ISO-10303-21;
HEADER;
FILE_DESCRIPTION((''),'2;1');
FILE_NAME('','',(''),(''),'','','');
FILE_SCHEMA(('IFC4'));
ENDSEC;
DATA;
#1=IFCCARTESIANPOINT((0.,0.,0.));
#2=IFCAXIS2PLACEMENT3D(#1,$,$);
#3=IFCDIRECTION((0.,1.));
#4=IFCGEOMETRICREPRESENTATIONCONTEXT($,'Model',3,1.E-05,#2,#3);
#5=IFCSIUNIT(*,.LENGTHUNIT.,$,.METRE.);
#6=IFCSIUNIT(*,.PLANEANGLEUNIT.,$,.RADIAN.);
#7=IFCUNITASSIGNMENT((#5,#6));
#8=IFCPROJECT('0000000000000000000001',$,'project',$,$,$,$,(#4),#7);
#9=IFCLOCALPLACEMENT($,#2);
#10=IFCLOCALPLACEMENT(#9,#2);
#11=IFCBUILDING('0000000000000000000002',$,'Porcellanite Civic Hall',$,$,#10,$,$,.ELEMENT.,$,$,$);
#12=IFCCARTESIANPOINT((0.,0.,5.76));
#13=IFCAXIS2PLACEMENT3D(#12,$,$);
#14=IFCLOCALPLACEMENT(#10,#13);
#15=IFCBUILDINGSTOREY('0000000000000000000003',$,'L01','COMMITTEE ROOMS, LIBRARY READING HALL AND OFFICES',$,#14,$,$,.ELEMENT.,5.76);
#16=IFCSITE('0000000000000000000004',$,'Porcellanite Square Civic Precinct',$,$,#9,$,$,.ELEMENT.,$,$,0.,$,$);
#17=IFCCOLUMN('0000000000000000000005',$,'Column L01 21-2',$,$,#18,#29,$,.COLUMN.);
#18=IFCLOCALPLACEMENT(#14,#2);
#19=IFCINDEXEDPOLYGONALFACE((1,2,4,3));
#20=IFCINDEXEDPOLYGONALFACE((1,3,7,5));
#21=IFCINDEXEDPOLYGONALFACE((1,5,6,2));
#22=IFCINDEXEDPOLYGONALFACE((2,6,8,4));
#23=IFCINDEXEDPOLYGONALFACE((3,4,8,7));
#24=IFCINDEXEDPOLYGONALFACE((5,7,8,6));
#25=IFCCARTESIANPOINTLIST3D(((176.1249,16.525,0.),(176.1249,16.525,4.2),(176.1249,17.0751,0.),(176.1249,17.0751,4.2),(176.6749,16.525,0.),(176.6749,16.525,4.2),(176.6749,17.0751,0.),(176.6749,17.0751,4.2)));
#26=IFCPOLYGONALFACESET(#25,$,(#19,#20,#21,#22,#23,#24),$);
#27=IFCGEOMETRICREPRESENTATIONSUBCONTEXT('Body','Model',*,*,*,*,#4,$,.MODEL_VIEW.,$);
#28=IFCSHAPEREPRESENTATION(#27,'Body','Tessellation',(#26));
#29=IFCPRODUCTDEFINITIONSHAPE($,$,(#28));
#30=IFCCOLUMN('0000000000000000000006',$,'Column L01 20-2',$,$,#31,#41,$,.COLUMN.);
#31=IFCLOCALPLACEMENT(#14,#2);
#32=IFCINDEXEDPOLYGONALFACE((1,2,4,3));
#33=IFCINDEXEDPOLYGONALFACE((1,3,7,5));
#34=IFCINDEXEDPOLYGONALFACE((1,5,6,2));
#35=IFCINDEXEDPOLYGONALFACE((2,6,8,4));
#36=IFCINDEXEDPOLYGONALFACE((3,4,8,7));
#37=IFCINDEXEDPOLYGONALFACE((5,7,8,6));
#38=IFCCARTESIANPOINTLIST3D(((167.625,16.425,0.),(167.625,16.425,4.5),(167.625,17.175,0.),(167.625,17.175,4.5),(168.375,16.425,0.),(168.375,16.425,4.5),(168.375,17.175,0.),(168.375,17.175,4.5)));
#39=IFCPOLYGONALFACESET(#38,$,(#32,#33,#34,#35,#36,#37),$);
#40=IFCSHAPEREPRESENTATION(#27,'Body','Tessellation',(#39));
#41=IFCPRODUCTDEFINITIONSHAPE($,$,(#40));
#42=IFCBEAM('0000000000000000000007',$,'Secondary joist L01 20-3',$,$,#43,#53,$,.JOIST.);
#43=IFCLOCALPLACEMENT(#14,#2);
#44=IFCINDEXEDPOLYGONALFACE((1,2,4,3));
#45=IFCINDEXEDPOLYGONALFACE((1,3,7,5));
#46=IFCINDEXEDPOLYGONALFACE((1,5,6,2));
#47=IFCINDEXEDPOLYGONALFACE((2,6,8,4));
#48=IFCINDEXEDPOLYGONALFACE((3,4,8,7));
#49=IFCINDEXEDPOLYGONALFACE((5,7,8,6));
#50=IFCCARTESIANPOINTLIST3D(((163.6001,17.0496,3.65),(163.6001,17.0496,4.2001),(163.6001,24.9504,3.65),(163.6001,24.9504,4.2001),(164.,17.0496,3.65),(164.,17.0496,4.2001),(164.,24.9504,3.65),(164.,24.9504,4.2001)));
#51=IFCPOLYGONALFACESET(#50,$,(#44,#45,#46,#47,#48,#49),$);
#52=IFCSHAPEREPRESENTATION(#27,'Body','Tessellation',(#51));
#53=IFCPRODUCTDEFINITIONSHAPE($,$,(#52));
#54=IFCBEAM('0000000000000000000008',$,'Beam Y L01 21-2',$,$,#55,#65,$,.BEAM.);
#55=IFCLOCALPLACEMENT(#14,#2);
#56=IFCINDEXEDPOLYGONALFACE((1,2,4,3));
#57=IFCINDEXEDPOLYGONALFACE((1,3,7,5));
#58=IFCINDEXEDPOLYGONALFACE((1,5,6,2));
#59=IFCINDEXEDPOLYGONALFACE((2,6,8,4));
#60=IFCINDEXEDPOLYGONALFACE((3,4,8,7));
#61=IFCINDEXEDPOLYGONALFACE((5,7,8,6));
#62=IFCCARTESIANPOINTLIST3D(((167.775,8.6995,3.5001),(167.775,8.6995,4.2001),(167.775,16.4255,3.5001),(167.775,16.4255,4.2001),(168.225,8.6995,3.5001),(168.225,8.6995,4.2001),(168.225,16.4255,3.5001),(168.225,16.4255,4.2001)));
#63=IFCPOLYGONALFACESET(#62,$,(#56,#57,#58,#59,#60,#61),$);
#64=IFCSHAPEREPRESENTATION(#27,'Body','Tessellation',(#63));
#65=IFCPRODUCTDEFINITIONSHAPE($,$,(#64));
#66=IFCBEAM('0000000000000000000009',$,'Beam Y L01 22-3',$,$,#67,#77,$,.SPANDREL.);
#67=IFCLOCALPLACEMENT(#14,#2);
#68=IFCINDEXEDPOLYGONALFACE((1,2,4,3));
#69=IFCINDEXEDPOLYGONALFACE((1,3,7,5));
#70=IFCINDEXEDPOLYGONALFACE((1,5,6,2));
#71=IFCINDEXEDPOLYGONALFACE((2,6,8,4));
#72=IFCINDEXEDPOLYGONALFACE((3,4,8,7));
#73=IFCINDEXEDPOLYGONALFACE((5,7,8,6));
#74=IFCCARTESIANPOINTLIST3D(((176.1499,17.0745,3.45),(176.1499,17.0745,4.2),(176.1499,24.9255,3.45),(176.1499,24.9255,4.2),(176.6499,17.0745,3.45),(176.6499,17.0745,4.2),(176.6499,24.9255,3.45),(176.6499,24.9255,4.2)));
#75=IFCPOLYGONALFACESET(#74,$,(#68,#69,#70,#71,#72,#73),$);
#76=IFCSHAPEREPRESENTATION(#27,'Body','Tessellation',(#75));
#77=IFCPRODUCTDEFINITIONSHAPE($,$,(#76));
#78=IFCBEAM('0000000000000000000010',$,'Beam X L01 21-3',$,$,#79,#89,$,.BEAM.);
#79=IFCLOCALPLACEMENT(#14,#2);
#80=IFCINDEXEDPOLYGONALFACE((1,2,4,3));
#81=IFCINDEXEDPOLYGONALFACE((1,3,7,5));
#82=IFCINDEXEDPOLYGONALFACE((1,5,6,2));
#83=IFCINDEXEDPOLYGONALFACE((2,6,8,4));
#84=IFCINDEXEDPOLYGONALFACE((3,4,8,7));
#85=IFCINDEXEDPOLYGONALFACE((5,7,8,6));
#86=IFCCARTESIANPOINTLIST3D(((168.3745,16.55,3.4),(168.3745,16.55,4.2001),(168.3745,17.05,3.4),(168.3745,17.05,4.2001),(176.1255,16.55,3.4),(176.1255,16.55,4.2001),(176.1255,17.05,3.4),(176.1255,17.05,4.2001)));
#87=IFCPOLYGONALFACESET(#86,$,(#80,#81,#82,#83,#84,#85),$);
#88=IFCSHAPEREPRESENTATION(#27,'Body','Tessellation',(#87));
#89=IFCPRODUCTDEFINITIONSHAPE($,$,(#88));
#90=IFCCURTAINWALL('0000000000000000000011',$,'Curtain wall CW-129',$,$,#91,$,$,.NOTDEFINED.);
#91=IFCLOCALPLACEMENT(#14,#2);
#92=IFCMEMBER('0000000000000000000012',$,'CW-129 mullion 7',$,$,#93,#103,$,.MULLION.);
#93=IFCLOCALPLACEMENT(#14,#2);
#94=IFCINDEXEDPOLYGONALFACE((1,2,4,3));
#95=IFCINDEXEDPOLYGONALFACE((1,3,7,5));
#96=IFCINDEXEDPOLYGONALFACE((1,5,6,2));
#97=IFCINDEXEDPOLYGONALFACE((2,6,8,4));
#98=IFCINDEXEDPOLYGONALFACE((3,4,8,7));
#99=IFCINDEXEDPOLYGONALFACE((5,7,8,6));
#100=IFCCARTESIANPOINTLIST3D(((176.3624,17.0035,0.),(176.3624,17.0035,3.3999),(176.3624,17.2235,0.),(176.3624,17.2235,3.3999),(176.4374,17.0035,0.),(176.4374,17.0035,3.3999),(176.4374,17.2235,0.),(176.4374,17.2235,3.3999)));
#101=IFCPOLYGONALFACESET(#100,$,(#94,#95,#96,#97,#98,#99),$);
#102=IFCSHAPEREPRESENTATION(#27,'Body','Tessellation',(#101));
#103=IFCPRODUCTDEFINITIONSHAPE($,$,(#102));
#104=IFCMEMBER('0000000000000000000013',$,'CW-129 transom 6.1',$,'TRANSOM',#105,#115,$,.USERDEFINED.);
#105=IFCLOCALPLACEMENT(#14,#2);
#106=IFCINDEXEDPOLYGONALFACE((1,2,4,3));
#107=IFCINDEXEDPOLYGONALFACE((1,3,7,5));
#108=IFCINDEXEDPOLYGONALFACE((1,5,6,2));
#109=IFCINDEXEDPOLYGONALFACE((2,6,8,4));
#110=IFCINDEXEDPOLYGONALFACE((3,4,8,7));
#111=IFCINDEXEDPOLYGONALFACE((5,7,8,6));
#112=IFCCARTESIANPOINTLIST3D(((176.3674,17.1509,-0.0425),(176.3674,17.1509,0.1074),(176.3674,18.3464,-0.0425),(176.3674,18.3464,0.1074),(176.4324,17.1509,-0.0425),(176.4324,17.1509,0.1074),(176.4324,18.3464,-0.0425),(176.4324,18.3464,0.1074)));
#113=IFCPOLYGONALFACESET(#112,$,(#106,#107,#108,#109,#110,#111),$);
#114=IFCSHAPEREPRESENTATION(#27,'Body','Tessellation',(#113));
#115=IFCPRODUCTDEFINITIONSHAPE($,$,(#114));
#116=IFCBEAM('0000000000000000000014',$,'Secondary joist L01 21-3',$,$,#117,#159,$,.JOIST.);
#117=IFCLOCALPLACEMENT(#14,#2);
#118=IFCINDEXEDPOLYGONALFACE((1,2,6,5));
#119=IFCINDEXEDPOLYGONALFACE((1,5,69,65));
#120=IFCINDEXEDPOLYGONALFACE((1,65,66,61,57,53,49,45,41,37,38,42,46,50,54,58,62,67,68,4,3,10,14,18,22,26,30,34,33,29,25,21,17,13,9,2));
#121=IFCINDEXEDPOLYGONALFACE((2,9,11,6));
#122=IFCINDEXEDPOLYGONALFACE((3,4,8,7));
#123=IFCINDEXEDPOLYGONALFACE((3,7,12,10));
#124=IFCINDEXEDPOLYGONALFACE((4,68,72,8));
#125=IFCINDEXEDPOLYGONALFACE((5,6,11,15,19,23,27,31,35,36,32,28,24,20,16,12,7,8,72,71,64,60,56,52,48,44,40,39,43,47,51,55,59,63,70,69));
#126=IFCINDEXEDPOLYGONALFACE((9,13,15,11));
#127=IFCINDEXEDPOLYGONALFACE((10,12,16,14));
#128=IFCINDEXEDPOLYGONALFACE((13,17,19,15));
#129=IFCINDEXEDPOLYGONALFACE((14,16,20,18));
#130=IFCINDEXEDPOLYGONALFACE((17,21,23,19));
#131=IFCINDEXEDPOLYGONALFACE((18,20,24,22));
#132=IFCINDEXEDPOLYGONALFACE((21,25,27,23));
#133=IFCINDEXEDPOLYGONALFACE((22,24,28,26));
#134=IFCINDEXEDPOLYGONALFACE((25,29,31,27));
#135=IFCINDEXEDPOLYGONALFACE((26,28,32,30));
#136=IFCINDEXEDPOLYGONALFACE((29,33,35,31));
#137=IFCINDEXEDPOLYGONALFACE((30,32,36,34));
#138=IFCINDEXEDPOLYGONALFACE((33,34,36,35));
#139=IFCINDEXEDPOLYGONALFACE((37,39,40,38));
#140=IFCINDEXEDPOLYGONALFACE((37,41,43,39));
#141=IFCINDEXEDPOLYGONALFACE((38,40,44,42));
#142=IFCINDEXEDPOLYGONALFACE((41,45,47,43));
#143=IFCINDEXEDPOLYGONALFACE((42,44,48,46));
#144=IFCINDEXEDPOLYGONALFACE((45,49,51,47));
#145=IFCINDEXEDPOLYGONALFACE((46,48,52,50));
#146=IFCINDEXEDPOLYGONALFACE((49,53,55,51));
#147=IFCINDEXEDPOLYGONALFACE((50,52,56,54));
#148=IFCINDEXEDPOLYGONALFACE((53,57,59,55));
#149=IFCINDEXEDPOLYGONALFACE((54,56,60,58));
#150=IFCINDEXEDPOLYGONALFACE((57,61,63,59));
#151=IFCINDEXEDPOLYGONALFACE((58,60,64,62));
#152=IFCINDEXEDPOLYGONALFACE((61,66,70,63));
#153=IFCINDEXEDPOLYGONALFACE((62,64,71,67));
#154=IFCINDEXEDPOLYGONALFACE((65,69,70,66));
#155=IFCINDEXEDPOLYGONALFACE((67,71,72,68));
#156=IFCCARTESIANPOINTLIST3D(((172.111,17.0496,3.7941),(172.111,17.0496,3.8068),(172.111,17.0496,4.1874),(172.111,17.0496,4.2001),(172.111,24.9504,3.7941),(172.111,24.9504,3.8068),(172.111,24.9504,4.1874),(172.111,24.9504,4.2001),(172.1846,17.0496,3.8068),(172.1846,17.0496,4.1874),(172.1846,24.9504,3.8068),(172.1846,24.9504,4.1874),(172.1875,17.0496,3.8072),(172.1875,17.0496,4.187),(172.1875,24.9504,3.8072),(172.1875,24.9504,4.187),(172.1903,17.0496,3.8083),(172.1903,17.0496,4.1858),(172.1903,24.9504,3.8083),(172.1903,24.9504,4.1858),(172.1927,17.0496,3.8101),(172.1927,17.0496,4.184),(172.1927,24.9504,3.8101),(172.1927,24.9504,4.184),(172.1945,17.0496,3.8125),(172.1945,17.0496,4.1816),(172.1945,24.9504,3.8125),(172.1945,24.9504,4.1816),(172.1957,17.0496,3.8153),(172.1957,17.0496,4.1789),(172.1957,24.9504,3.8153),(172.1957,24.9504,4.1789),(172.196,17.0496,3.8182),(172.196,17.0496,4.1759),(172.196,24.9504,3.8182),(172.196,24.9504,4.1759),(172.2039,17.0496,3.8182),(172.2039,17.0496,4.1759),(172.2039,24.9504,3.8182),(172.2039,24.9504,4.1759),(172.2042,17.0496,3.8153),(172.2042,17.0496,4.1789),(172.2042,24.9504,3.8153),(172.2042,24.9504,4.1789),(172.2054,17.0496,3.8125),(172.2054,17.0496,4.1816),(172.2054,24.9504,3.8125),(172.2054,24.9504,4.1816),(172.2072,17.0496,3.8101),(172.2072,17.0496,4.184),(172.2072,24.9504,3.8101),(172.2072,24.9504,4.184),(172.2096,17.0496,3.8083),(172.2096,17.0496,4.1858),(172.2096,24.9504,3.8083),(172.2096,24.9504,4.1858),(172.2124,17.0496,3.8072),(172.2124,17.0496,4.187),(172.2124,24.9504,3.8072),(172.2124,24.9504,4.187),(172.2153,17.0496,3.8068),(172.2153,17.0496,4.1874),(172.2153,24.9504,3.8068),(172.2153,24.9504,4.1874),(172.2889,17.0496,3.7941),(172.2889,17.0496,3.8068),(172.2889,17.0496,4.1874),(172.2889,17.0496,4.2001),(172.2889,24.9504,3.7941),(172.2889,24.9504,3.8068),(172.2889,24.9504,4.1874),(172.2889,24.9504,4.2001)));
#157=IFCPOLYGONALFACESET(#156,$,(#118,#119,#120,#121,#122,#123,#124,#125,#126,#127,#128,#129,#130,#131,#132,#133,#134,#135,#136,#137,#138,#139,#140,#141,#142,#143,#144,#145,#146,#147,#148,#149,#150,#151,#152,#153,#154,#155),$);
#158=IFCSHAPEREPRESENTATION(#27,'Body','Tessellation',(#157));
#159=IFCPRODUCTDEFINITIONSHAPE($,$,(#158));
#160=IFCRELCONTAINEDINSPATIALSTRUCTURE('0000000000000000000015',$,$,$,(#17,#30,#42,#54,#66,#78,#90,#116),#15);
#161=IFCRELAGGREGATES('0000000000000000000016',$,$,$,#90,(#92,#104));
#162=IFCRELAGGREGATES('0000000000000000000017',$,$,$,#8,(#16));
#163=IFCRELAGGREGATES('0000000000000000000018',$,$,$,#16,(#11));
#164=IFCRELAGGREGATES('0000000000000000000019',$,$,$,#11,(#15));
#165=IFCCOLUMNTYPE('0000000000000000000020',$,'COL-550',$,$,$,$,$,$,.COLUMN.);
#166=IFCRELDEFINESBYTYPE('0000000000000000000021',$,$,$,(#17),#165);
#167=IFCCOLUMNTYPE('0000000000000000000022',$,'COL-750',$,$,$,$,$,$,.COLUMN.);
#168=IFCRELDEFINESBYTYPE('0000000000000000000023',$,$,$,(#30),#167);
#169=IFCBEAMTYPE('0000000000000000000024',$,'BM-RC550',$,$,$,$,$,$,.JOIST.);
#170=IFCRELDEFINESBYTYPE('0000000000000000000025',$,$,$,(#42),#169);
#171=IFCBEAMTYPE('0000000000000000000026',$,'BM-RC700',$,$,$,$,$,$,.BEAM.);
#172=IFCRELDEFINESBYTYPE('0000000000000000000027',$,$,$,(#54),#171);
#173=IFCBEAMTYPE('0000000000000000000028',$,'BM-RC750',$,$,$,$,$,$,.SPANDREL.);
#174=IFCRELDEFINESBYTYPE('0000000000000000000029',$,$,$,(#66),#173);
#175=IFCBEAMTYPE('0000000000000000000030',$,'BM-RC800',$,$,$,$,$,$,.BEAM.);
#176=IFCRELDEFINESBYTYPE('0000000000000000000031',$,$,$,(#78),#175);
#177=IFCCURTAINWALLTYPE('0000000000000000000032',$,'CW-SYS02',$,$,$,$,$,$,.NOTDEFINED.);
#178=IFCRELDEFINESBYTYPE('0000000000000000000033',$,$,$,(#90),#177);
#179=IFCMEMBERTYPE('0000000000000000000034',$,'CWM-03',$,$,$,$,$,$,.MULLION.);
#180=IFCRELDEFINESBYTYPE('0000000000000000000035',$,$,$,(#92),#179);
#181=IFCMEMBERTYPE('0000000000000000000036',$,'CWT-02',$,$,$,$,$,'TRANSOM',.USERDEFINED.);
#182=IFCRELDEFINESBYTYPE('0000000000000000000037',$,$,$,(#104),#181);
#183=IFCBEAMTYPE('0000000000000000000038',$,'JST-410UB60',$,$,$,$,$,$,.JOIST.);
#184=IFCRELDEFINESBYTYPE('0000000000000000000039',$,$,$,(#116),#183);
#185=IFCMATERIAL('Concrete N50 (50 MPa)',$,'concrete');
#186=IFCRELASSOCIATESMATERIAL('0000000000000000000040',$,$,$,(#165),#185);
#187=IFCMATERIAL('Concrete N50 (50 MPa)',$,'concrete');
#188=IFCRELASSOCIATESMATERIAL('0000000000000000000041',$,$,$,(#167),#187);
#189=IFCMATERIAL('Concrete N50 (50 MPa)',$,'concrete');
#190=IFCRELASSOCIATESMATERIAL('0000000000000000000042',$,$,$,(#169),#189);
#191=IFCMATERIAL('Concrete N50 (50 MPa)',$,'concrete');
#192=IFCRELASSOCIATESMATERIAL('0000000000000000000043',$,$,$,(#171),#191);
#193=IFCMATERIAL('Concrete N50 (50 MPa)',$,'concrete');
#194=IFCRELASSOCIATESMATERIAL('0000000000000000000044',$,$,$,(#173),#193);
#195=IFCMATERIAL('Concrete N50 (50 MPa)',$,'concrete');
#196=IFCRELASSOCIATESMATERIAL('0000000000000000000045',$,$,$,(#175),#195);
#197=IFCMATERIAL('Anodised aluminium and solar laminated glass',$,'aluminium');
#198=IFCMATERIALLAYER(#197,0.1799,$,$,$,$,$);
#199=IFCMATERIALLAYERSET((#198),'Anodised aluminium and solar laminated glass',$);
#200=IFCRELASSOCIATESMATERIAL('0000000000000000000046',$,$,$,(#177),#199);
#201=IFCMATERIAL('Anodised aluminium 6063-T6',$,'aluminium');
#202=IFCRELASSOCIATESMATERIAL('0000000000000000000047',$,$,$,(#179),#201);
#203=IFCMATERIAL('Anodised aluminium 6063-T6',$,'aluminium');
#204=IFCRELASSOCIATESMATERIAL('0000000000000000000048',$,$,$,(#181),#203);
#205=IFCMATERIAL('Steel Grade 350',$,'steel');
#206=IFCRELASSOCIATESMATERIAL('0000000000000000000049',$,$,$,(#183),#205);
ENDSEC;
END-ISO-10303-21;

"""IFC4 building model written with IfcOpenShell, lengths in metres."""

from ifc_helpers import new_model, si_unit, direction, frame, origin, origin_2d, place, context, subcontext, project, spatial, rectangle, i_section, extrude, material, layer, layer_set, material_profile, profile_set, type_object, element, aggregate, save


model = new_model("IFC4")

# Units and contexts
model_context = context("Model", 3, precision=1e-05, world=origin(), true_north=direction((0.0, 1.0)))
body_context = subcontext(model_context, "Body", "Model", "MODEL_VIEW")
ifc_project = project(units=[si_unit("LENGTHUNIT", "METRE"), si_unit("PLANEANGLEUNIT", "RADIAN")], contexts=[model_context])

# Site, building, storey
site_placement = place(None, origin())
site = spatial("IfcSite", under=ifc_project, at=site_placement, Name="Porcellanite Square Civic Precinct", CompositionType="ELEMENT", RefElevation=0.0)
building_placement = place(site_placement, origin())
building = spatial("IfcBuilding", under=site, at=building_placement, Name="Porcellanite Civic Hall", CompositionType="ELEMENT")
storey_placement = place(building_placement, frame((0.0, 0.0, 5.76)))
storey = spatial("IfcBuildingStorey", under=building, at=storey_placement, Name="L01", Description="COMMITTEE ROOMS, LIBRARY READING HALL AND OFFICES", CompositionType="ELEMENT", Elevation=5.76)

# Columns
ifc_material_1 = material(Name="Concrete N50 (50 MPa)", Category="concrete")
ifc_material_profile_1 = material_profile(ifc_material_1, rectangle(XDim=0.55, YDim=0.55, at=origin_2d()), Name="RC-550x550")
ifc_profile_set_1 = profile_set([ifc_material_profile_1], Name="Concrete N50 (50 MPa)")
column_type_1 = type_object("IfcColumnType", Name="COL-550", PredefinedType="COLUMN", material=ifc_profile_set_1)
column_1_placement = place(storey_placement, frame((176.3999, 16.8, 0.0), z_axis=(0.0, 0.0, 1.0), x_axis=(1.0, 0.0, 0.0)))
element("IfcColumn", 1, at=column_1_placement, inside=storey, type_object=column_type_1, Name="Column L01 21-2", PredefinedType="COLUMN", context=body_context, shape_type="SweptSolid", body=[
    extrude(rectangle(XDim=0.55, YDim=0.55, at=origin_2d()), origin(), (0.0, 0.0, 1.0), 4.2),
])
ifc_material_2 = material(Name="Concrete N50 (50 MPa)", Category="concrete")
ifc_material_profile_2 = material_profile(ifc_material_2, rectangle(XDim=0.75, YDim=0.75, at=origin_2d()), Name="RC-750x750")
ifc_profile_set_2 = profile_set([ifc_material_profile_2], Name="Concrete N50 (50 MPa)")
column_type_2 = type_object("IfcColumnType", Name="COL-750", PredefinedType="COLUMN", material=ifc_profile_set_2)
column_2_placement = place(storey_placement, frame((168.0, 16.8, 0.0), z_axis=(0.0, 0.0, 1.0), x_axis=(1.0, 0.0, 0.0)))
element("IfcColumn", 2, at=column_2_placement, inside=storey, type_object=column_type_2, Name="Column L01 20-2", PredefinedType="COLUMN", context=body_context, shape_type="SweptSolid", body=[
    extrude(rectangle(XDim=0.75, YDim=0.75, at=origin_2d()), origin(), (0.0, 0.0, 1.0), 4.5),
])

# Beams
ifc_material_3 = material(Name="Concrete N50 (50 MPa)", Category="concrete")
ifc_material_profile_3 = material_profile(ifc_material_3, rectangle(XDim=0.3999, YDim=0.55, at=origin_2d()), Name="RC-400x550")
ifc_profile_set_3 = profile_set([ifc_material_profile_3], Name="Concrete N50 (50 MPa)")
beam_type_1 = type_object("IfcBeamType", Name="BM-RC550", PredefinedType="JOIST", material=ifc_profile_set_3)
beam_1_placement = place(storey_placement, frame((163.8, 17.0496, 3.925), z_axis=(0.0, 1.0, 0.0), x_axis=(-1.0, 0.0, 0.0)))
element("IfcBeam", 3, at=beam_1_placement, inside=storey, type_object=beam_type_1, Name="Secondary joist L01 20-3", PredefinedType="JOIST", context=body_context, shape_type="SweptSolid", body=[
    extrude(rectangle(XDim=0.3999, YDim=0.55, at=origin_2d()), origin(), (0.0, 0.0, 1.0), 7.9009),
])
ifc_material_4 = material(Name="Concrete N50 (50 MPa)", Category="concrete")
ifc_material_profile_4 = material_profile(ifc_material_4, rectangle(XDim=0.45, YDim=0.7, at=origin_2d()), Name="RC-450x700")
ifc_profile_set_4 = profile_set([ifc_material_profile_4], Name="Concrete N50 (50 MPa)")
beam_type_2 = type_object("IfcBeamType", Name="BM-RC700", PredefinedType="BEAM", material=ifc_profile_set_4)
beam_2_placement = place(storey_placement, frame((168.0, 8.6995, 3.8501), z_axis=(0.0, 1.0, 0.0), x_axis=(-1.0, 0.0, 0.0)))
element("IfcBeam", 4, at=beam_2_placement, inside=storey, type_object=beam_type_2, Name="Beam Y L01 21-2", PredefinedType="BEAM", context=body_context, shape_type="SweptSolid", body=[
    extrude(rectangle(XDim=0.45, YDim=0.7, at=origin_2d()), origin(), (0.0, 0.0, 1.0), 7.7261),
])
ifc_material_5 = material(Name="Concrete N50 (50 MPa)", Category="concrete")
ifc_material_profile_5 = material_profile(ifc_material_5, rectangle(XDim=0.5, YDim=0.75, at=origin_2d()), Name="RC-500x750")
ifc_profile_set_5 = profile_set([ifc_material_profile_5], Name="Concrete N50 (50 MPa)")
beam_type_3 = type_object("IfcBeamType", Name="BM-RC750", PredefinedType="SPANDREL", material=ifc_profile_set_5)
beam_3_placement = place(storey_placement, frame((176.3999, 17.0745, 3.825), z_axis=(0.0, 1.0, 0.0), x_axis=(-1.0, 0.0, 0.0)))
element("IfcBeam", 5, at=beam_3_placement, inside=storey, type_object=beam_type_3, Name="Beam Y L01 22-3", PredefinedType="SPANDREL", context=body_context, shape_type="SweptSolid", body=[
    extrude(rectangle(XDim=0.5, YDim=0.75, at=origin_2d()), origin(), (0.0, 0.0, 1.0), 7.8511),
])
ifc_material_6 = material(Name="Concrete N50 (50 MPa)", Category="concrete")
ifc_material_profile_6 = material_profile(ifc_material_6, rectangle(XDim=0.5, YDim=0.8, at=origin_2d()), Name="RC-500x800")
ifc_profile_set_6 = profile_set([ifc_material_profile_6], Name="Concrete N50 (50 MPa)")
beam_type_4 = type_object("IfcBeamType", Name="BM-RC800", PredefinedType="BEAM", material=ifc_profile_set_6)
beam_4_placement = place(storey_placement, frame((168.3745, 16.8, 3.8), z_axis=(1.0, 0.0, 0.0), x_axis=(0.0, 1.0, 0.0)))
element("IfcBeam", 6, at=beam_4_placement, inside=storey, type_object=beam_type_4, Name="Beam X L01 21-3", PredefinedType="BEAM", context=body_context, shape_type="SweptSolid", body=[
    extrude(rectangle(XDim=0.5, YDim=0.8, at=origin_2d()), origin(), (0.0, 0.0, 1.0), 7.751),
])

# Curtain wall, members
ifc_material_7 = material(Name="Anodised aluminium and solar laminated glass", Category="aluminium")
ifc_layer_1 = layer(ifc_material_7, 0.1799)
ifc_layer_set_1 = layer_set([ifc_layer_1], Name="Anodised aluminium and solar laminated glass")
curtain_wall_type = type_object("IfcCurtainWallType", Name="CW-SYS02", PredefinedType="NOTDEFINED", material=ifc_layer_set_1)
curtain_wall_placement = place(storey_placement, origin())
curtain_wall = element("IfcCurtainWall", 7, at=curtain_wall_placement, inside=storey, type_object=curtain_wall_type, Name="Curtain wall CW-129", PredefinedType="NOTDEFINED")
ifc_material_8 = material(Name="Anodised aluminium 6063-T6", Category="aluminium")
ifc_material_profile_7 = material_profile(ifc_material_8, rectangle(XDim=0.075, YDim=0.22, at=origin_2d()), Name="AL-75x220")
ifc_profile_set_7 = profile_set([ifc_material_profile_7], Name="Anodised aluminium 6063-T6")
member_type_1 = type_object("IfcMemberType", Name="CWM-03", PredefinedType="MULLION", material=ifc_profile_set_7)
member_1_placement = place(storey_placement, frame((176.3999, 17.1135, 0.0), z_axis=(0.0, 0.0, 1.0), x_axis=(1.0, 0.0, 0.0)))
member_1 = element("IfcMember", 8, at=member_1_placement, type_object=member_type_1, Name="CW-129 mullion 7", PredefinedType="MULLION", context=body_context, shape_type="SweptSolid", body=[
    extrude(rectangle(XDim=0.075, YDim=0.22, at=origin_2d()), origin(), (0.0, 0.0, 1.0), 3.3999),
])
ifc_material_9 = material(Name="Anodised aluminium 6063-T6", Category="aluminium")
ifc_material_profile_8 = material_profile(ifc_material_9, rectangle(XDim=0.0649, YDim=0.1499, at=origin_2d()), Name="AL-65x150")
ifc_profile_set_8 = profile_set([ifc_material_profile_8], Name="Anodised aluminium 6063-T6")
member_type_2 = type_object("IfcMemberType", Name="CWT-02", ElementType="TRANSOM", PredefinedType="USERDEFINED", material=ifc_profile_set_8)
member_2_placement = place(storey_placement, frame((176.3999, 18.3464, 0.0325), z_axis=(0.0, -1.0, 0.0), x_axis=(1.0, 0.0, 0.0)))
member_2 = element("IfcMember", 9, at=member_2_placement, type_object=member_type_2, Name="CW-129 transom 6.1", ObjectType="TRANSOM", PredefinedType="USERDEFINED", context=body_context, shape_type="SweptSolid", body=[
    extrude(rectangle(XDim=0.0649, YDim=0.1499, at=origin_2d()), origin(), (0.0, 0.0, 1.0), 1.1956),
])

# Beam
ifc_material_10 = material(Name="Steel Grade 350", Category="steel")
ifc_material_profile_9 = material_profile(ifc_material_10, i_section(OverallWidth=0.178, OverallDepth=0.406, WebThickness=0.0078, FlangeThickness=0.0127, FilletRadius=0.0115, at=origin_2d()), Name="410UB59.7")
ifc_profile_set_9 = profile_set([ifc_material_profile_9], Name="Steel Grade 350")
beam_type_5 = type_object("IfcBeamType", Name="JST-410UB60", PredefinedType="JOIST", material=ifc_profile_set_9)
beam_5_placement = place(storey_placement, frame((172.2, 17.0496, 3.9971), z_axis=(0.0, 1.0, 0.0), x_axis=(-1.0, 0.0, 0.0)))
element("IfcBeam", 10, at=beam_5_placement, inside=storey, type_object=beam_type_5, Name="Secondary joist L01 21-3", PredefinedType="JOIST", context=body_context, shape_type="SweptSolid", body=[
    extrude(i_section(OverallWidth=0.178, OverallDepth=0.406, WebThickness=0.0078, FlangeThickness=0.0127, FilletRadius=0.0115, at=origin_2d()), origin(), (0.0, 0.0, 1.0), 7.9009),
])

aggregate(curtain_wall, [member_1, member_2])

save(model, "model.ifc")
